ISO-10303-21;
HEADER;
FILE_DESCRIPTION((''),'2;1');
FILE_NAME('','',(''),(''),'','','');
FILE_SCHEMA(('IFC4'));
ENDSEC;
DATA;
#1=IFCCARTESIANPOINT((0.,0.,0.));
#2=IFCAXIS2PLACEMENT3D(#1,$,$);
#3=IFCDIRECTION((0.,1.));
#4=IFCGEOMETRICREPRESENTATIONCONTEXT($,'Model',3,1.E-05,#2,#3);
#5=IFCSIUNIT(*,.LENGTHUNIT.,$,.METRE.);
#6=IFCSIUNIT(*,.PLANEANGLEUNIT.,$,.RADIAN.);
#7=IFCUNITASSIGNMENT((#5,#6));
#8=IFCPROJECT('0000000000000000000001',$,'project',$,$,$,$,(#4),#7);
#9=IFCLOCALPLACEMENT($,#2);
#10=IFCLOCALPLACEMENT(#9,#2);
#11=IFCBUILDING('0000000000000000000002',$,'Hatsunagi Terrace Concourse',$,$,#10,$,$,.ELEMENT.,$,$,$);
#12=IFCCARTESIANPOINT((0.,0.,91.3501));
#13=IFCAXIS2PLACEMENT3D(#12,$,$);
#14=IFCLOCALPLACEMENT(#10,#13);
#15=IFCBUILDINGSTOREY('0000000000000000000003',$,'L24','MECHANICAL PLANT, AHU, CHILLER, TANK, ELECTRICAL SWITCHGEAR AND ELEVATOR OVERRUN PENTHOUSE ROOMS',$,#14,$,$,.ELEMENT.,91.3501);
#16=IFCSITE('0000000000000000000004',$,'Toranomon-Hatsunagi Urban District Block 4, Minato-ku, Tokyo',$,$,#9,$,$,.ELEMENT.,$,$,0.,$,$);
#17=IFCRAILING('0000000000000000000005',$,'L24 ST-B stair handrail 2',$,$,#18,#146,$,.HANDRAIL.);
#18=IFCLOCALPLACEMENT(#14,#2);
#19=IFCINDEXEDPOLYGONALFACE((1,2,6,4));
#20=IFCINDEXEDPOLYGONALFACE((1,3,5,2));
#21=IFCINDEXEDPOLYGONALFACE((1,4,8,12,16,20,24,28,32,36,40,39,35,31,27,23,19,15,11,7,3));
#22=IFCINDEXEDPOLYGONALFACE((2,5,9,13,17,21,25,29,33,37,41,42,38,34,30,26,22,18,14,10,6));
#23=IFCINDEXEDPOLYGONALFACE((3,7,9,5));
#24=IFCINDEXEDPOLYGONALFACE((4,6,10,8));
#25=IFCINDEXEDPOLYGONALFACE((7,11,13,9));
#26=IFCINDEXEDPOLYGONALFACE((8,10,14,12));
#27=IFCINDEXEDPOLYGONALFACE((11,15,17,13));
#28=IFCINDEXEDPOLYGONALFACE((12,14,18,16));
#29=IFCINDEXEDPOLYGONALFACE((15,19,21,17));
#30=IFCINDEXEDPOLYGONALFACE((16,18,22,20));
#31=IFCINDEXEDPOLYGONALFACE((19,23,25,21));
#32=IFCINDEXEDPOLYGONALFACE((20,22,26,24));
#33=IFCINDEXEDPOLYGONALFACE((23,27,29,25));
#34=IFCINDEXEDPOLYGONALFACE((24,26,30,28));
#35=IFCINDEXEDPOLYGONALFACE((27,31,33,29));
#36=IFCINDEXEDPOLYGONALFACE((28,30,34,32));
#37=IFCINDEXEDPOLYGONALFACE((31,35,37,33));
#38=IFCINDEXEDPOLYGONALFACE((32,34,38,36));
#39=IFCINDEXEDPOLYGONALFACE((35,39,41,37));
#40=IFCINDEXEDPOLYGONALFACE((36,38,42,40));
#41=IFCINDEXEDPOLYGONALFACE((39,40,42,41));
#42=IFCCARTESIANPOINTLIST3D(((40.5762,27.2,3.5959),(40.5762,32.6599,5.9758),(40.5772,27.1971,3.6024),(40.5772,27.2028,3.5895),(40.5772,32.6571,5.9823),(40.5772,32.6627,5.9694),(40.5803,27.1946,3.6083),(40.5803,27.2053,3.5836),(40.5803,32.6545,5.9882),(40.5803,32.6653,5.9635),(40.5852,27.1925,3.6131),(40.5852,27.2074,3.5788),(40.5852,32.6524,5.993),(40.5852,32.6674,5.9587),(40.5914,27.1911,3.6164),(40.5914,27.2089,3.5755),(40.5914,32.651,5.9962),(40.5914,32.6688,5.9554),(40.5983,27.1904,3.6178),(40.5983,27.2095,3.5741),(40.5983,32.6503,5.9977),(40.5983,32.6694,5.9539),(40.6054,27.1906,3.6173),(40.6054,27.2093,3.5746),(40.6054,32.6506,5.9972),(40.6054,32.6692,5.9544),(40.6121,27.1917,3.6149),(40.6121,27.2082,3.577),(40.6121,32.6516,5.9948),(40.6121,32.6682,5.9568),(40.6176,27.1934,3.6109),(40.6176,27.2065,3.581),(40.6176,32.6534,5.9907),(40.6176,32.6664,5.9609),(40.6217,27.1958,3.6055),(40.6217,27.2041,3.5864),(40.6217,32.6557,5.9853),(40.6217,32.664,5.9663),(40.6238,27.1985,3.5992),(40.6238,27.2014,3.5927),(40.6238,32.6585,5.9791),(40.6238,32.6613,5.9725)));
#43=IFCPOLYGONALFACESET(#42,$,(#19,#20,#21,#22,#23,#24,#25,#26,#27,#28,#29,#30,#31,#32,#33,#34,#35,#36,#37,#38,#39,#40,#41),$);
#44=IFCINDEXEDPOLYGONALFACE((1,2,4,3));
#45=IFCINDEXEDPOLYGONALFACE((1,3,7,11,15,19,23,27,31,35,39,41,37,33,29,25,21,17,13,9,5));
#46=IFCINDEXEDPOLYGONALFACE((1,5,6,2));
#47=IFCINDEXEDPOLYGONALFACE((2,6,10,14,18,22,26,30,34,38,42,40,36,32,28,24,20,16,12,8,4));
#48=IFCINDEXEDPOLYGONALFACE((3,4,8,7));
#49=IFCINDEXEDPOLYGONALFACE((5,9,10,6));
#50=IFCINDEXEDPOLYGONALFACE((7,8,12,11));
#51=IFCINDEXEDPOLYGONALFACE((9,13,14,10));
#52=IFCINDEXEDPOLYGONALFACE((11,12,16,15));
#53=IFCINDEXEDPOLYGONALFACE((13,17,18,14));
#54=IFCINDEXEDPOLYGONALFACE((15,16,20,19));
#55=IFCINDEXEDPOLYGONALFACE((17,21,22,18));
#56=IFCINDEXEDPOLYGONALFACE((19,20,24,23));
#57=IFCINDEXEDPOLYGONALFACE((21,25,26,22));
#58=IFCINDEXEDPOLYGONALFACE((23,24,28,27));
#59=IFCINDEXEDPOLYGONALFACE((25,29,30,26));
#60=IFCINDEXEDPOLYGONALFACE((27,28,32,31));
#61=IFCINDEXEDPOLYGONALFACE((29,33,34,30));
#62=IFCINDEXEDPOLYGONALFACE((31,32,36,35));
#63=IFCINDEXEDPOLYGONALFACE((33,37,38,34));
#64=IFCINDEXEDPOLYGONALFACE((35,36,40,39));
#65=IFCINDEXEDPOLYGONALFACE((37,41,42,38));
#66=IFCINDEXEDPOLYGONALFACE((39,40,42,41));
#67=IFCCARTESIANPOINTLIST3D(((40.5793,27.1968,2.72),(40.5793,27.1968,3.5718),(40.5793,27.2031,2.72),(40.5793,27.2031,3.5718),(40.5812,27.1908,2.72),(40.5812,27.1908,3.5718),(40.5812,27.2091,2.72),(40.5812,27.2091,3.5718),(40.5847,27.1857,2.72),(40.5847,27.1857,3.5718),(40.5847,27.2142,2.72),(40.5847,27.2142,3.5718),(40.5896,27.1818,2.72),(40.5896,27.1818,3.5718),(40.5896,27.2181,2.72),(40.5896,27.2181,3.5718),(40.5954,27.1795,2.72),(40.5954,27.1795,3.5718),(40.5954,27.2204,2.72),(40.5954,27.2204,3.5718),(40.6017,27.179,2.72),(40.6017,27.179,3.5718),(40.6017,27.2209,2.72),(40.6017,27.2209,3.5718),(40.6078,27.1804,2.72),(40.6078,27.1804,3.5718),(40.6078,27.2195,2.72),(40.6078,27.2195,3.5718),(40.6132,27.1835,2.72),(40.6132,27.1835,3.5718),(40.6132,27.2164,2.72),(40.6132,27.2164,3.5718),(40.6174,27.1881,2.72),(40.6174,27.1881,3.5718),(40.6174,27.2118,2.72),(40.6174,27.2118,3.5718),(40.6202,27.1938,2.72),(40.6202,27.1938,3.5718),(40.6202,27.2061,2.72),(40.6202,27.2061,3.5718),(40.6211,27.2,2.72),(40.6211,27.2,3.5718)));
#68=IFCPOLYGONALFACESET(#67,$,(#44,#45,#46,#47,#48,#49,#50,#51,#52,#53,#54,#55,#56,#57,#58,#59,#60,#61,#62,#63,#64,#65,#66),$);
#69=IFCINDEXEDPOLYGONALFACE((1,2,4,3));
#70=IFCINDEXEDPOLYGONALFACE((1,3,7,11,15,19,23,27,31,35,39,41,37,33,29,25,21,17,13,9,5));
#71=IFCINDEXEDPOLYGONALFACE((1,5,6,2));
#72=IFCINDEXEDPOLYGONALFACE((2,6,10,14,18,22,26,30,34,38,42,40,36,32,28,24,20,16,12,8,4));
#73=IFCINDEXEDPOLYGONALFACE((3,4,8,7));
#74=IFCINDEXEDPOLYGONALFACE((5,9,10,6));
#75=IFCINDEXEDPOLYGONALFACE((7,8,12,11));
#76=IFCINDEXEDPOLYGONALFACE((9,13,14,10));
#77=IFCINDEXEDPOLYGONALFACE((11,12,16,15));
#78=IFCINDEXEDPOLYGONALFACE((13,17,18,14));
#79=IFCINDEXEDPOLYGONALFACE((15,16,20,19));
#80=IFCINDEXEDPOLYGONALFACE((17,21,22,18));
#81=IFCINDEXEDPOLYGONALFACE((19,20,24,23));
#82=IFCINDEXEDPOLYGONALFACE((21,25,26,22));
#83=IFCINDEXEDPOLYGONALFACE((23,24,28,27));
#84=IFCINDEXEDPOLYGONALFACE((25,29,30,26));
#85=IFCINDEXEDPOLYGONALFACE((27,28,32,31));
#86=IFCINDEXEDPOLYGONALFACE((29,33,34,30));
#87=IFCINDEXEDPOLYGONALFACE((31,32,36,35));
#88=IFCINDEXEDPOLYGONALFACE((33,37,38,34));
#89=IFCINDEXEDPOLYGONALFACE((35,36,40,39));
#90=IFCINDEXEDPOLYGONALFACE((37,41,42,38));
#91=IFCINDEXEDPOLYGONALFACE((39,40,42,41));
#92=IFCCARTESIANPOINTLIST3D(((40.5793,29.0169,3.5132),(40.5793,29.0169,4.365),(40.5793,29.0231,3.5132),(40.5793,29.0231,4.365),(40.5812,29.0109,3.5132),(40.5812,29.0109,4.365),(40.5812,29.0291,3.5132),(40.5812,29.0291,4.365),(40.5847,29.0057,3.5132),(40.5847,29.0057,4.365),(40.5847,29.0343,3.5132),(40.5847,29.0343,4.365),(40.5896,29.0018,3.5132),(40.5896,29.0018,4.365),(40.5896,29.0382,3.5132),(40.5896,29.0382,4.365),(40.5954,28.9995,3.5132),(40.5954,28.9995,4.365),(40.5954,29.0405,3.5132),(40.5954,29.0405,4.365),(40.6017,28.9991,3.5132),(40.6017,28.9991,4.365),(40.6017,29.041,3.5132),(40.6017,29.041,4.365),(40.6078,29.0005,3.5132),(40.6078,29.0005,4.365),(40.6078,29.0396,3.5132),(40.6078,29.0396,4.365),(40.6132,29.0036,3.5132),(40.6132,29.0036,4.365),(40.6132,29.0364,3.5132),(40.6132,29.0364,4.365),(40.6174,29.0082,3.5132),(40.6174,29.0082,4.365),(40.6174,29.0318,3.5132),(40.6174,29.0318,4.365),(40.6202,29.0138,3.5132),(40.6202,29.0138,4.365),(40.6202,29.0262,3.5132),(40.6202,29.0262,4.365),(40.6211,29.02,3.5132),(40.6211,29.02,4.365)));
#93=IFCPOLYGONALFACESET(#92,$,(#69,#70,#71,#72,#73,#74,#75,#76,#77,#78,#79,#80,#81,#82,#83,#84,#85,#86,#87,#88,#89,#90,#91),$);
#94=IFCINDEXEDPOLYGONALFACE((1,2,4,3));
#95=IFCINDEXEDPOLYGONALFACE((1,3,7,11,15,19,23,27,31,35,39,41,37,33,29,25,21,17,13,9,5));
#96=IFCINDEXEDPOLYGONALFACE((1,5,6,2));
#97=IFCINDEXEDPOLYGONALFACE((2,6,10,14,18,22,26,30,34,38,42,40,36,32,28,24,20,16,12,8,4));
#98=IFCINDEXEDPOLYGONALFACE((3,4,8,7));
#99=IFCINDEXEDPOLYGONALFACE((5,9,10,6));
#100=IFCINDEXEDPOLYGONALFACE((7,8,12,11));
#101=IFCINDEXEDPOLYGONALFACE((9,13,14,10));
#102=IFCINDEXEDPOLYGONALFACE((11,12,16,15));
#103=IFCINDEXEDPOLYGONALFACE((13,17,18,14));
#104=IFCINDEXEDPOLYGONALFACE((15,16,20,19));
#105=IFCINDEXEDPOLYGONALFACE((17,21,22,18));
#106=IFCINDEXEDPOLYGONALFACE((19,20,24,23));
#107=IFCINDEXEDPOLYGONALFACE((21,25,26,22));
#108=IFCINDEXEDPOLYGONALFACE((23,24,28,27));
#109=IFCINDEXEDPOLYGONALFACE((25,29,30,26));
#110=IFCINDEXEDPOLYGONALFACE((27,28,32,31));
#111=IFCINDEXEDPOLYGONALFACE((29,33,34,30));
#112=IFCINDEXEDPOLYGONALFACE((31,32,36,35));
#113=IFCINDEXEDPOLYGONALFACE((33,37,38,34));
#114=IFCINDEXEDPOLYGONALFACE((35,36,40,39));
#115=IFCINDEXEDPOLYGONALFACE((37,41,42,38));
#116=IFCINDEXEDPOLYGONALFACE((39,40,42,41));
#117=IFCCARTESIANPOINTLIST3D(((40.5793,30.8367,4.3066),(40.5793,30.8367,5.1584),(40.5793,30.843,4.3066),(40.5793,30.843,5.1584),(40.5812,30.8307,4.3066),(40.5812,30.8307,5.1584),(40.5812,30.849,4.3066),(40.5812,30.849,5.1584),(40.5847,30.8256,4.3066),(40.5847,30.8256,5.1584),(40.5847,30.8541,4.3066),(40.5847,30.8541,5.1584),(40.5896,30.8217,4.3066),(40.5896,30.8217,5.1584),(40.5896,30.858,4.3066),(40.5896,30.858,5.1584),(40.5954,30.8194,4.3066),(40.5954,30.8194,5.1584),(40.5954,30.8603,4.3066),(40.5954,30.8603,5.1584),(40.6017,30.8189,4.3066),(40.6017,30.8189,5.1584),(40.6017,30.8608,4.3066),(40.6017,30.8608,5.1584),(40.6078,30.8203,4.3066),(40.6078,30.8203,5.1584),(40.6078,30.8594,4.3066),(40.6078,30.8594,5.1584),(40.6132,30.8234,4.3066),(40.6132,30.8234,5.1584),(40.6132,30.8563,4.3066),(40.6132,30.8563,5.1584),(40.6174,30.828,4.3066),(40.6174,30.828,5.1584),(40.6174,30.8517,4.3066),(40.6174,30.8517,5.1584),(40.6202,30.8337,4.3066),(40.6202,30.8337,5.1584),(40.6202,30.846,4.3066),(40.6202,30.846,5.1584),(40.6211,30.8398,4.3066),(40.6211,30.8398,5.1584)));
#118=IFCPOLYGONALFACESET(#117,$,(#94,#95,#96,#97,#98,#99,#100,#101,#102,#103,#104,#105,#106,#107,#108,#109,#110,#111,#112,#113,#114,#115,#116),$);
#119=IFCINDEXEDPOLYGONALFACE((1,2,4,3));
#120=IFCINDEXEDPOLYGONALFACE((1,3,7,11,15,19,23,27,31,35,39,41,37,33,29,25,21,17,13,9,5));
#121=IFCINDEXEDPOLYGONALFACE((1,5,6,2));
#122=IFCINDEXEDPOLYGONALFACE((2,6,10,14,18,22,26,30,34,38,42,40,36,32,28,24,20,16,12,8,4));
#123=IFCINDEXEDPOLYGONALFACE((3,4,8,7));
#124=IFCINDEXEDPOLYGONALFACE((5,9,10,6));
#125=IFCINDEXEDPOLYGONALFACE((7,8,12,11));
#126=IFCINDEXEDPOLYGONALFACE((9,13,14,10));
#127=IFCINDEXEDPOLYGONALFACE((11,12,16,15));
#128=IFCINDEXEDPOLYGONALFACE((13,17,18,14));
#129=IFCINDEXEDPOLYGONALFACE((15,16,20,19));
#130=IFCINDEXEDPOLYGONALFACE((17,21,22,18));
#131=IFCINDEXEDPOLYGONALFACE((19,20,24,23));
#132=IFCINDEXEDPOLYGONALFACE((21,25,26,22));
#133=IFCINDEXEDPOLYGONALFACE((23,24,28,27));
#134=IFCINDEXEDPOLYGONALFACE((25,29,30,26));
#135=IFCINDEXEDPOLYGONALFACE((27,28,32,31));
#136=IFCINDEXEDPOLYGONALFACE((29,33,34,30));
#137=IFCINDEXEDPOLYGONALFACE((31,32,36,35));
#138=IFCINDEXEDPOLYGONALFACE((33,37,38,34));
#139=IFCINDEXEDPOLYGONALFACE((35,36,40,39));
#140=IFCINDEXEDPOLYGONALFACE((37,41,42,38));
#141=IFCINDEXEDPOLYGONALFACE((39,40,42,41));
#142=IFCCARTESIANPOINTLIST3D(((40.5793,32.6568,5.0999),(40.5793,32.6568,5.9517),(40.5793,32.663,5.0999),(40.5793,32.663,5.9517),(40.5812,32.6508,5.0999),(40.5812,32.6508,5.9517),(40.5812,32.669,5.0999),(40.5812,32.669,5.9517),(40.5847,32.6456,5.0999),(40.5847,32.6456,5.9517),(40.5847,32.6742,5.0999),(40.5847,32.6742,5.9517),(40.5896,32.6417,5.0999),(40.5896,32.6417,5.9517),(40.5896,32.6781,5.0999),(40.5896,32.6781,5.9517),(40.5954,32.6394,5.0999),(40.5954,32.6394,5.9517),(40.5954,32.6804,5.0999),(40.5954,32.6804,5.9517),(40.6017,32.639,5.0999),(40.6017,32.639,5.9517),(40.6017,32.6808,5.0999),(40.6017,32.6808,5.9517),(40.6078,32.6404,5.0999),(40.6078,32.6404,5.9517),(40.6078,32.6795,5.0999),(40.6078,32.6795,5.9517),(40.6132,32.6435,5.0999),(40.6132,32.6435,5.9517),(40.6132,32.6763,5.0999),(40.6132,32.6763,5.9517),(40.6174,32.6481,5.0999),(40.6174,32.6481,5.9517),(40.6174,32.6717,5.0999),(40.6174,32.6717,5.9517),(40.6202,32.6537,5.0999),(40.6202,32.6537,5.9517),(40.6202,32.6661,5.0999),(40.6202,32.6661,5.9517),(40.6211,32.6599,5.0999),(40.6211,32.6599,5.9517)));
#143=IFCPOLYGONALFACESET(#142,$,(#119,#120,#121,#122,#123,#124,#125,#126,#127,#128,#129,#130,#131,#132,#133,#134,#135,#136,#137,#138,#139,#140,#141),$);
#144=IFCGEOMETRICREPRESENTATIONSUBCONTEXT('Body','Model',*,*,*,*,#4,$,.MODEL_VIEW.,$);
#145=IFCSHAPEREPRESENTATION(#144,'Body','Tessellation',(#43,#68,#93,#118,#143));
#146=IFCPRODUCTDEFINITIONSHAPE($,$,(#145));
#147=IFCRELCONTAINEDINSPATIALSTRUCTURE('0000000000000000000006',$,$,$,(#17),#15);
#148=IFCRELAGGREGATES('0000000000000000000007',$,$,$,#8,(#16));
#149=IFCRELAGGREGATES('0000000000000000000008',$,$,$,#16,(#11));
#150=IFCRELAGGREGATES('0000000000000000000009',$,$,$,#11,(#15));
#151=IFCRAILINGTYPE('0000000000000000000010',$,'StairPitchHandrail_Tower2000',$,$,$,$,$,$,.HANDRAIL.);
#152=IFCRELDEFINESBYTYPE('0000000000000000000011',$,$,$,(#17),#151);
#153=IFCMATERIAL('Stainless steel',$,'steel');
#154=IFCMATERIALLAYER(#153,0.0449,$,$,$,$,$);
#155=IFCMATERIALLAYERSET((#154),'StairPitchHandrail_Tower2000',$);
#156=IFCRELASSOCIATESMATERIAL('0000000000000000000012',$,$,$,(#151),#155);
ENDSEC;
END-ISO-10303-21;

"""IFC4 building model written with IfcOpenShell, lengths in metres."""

from ifc_helpers import new_model, si_unit, direction, frame, origin, origin_2d, place, context, subcontext, project, spatial, circle, extrude, material, layer, layer_set, type_object, element, save


model = new_model("IFC4")

# Units and contexts
model_context = context("Model", 3, precision=1e-05, world=origin(), true_north=direction((0.0, 1.0)))
body_context = subcontext(model_context, "Body", "Model", "MODEL_VIEW")
ifc_project = project(units=[si_unit("LENGTHUNIT", "METRE"), si_unit("PLANEANGLEUNIT", "RADIAN")], contexts=[model_context])

# Site, building, storey
site_placement = place(None, origin())
site = spatial("IfcSite", under=ifc_project, at=site_placement, Name="Toranomon-Hatsunagi Urban District Block 4, Minato-ku, Tokyo", CompositionType="ELEMENT", RefElevation=0.0)
building_placement = place(site_placement, origin())
building = spatial("IfcBuilding", under=site, at=building_placement, Name="Hatsunagi Terrace Concourse", CompositionType="ELEMENT")
storey_placement = place(building_placement, frame((0.0, 0.0, 91.3501)))
storey = spatial("IfcBuildingStorey", under=building, at=storey_placement, Name="L24", Description="MECHANICAL PLANT, AHU, CHILLER, TANK, ELECTRICAL SWITCHGEAR AND ELEVATOR OVERRUN PENTHOUSE ROOMS", CompositionType="ELEMENT", Elevation=91.3501)

# Railing
ifc_material_1 = material(Name="Stainless steel", Category="steel")
ifc_layer_1 = layer(ifc_material_1, 0.0449)
ifc_layer_set_1 = layer_set([ifc_layer_1], Name="StairPitchHandrail_Tower2000")
railing_type_1 = type_object("IfcRailingType", Name="StairPitchHandrail_Tower2000", PredefinedType="HANDRAIL", material=ifc_layer_set_1)
railing_1_placement = place(storey_placement, frame((40.6001, 27.2, 2.72)))
element("IfcRailing", 1, at=railing_1_placement, inside=storey, type_object=railing_type_1, Name="L24 ST-B stair handrail 2", PredefinedType="HANDRAIL", context=body_context, shape_type="SweptSolid", body=[
    extrude(circle(Radius=0.0239, at=origin_2d()), frame((0.0, 0.0, 0.876), z_axis=(0.0, 0.916702, 0.399571), x_axis=(-1.0, 0.0, 0.0)), (0.0, 0.0, 1.0), 5.9561),
    extrude(circle(Radius=0.021, at=origin_2d()), origin(), (0.0, 0.0, 1.0), 0.8518),
    extrude(circle(Radius=0.021, at=origin_2d()), frame((0.0, 1.8201, 0.7932)), (0.0, 0.0, 1.0), 0.8518),
    extrude(circle(Radius=0.021, at=origin_2d()), frame((0.0, 3.6399, 1.5867)), (0.0, 0.0, 1.0), 0.8518),
    extrude(circle(Radius=0.021, at=origin_2d()), frame((0.0, 5.46, 2.3799)), (0.0, 0.0, 1.0), 0.8518),
])

save(model, "model.ifc")
